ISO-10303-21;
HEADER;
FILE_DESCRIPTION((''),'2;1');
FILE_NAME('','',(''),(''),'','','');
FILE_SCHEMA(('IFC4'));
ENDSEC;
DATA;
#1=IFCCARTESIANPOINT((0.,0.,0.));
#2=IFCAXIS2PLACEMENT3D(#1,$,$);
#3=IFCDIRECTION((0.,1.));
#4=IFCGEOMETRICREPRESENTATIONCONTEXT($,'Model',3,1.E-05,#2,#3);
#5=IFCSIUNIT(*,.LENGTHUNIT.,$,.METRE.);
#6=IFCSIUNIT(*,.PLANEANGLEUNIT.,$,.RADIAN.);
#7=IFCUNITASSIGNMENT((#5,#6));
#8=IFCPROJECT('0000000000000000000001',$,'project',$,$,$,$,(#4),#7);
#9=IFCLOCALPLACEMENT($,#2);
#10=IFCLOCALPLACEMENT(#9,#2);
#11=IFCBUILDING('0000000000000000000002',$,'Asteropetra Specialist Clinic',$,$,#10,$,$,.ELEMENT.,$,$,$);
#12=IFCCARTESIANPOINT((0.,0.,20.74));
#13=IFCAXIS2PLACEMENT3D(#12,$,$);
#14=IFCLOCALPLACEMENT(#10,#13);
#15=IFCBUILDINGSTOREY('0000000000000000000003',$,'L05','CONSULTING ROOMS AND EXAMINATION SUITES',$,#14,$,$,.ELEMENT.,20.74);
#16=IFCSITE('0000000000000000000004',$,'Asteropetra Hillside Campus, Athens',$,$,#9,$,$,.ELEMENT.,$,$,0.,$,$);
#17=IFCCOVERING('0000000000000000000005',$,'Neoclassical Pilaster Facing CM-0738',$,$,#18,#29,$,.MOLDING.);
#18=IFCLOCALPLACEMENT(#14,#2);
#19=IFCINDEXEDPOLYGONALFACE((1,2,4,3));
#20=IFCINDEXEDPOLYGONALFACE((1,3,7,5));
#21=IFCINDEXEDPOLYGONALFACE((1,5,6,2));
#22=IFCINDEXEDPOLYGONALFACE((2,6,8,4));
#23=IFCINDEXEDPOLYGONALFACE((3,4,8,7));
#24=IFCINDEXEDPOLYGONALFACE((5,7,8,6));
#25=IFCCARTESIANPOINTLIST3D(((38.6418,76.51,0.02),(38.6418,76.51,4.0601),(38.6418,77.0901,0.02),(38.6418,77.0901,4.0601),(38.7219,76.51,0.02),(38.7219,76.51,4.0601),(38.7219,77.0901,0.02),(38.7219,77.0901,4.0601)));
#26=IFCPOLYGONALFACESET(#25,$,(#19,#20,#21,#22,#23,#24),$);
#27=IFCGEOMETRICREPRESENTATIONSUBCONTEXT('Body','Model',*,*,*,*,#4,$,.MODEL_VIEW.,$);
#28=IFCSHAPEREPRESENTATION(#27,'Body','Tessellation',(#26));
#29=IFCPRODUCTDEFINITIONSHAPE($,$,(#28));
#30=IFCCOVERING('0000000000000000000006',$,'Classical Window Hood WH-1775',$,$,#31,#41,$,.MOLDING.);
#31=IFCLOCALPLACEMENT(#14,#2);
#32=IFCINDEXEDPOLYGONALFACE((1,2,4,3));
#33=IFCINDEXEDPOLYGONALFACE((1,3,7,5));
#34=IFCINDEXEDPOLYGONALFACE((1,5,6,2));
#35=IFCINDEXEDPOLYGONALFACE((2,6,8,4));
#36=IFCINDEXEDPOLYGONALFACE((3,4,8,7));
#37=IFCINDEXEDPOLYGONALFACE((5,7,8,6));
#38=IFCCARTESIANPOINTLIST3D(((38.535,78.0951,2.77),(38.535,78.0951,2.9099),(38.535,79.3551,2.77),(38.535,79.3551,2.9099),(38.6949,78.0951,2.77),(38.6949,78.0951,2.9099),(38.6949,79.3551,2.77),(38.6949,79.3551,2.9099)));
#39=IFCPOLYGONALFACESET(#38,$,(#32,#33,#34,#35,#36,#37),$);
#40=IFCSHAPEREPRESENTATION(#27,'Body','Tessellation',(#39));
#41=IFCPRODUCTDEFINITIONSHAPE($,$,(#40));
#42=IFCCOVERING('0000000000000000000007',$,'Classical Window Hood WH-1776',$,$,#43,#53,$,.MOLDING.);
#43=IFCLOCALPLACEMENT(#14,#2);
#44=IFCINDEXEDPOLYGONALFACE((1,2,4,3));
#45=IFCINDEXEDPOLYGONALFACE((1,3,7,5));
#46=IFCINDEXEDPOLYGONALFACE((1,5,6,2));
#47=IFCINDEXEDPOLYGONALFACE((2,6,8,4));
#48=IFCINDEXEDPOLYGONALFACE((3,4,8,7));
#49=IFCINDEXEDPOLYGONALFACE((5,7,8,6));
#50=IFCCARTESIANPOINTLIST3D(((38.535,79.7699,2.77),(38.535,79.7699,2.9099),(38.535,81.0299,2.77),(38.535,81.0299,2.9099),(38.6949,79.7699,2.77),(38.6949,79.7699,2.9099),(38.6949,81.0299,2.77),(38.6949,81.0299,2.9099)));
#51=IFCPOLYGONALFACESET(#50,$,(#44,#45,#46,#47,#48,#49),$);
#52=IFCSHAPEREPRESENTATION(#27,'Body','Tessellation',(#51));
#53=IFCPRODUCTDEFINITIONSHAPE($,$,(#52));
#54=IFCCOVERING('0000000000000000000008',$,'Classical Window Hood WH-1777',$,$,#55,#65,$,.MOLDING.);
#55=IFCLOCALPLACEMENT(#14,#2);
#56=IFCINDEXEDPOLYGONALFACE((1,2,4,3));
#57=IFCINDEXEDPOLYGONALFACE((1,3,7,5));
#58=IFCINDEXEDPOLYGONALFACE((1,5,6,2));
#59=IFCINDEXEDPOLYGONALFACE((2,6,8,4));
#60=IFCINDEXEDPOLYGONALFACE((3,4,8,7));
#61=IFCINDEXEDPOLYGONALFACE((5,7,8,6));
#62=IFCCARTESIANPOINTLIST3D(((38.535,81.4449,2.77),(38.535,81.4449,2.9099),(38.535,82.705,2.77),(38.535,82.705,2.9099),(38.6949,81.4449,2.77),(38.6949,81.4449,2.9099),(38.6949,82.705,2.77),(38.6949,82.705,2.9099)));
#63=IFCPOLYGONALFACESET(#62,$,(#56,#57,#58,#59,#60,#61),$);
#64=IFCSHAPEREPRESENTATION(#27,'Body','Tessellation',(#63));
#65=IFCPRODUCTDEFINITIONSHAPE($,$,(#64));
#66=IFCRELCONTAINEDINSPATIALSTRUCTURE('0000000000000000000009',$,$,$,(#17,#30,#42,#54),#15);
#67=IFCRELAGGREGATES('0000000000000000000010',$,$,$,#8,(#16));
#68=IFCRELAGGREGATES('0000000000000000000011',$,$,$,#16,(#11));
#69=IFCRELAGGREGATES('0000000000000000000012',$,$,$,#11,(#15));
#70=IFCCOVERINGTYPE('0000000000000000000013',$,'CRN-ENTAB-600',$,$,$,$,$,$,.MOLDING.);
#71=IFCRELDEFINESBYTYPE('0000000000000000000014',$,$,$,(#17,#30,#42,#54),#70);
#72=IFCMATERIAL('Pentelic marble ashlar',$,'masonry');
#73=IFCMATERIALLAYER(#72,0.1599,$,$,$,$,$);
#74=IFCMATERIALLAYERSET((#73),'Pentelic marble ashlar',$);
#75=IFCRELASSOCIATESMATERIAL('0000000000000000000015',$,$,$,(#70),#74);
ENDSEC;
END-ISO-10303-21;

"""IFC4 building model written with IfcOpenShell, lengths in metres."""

from ifc_helpers import new_model, si_unit, direction, frame, origin, origin_2d, place, context, subcontext, project, spatial, rectangle, extrude, material, layer, layer_set, type_object, element, save


model = new_model("IFC4")

# Units and contexts
model_context = context("Model", 3, precision=1e-05, world=origin(), true_north=direction((0.0, 1.0)))
body_context = subcontext(model_context, "Body", "Model", "MODEL_VIEW")
ifc_project = project(units=[si_unit("LENGTHUNIT", "METRE"), si_unit("PLANEANGLEUNIT", "RADIAN")], contexts=[model_context])

# Site, building, storey
site_placement = place(None, origin())
site = spatial("IfcSite", under=ifc_project, at=site_placement, Name="Asteropetra Hillside Campus, Athens", CompositionType="ELEMENT", RefElevation=0.0)
building_placement = place(site_placement, origin())
building = spatial("IfcBuilding", under=site, at=building_placement, Name="Asteropetra Specialist Clinic", CompositionType="ELEMENT")
storey_placement = place(building_placement, frame((0.0, 0.0, 20.74)))
storey = spatial("IfcBuildingStorey", under=building, at=storey_placement, Name="L05", Description="CONSULTING ROOMS AND EXAMINATION SUITES", CompositionType="ELEMENT", Elevation=20.74)

# Coverings
ifc_material_1 = material(Name="Pentelic marble ashlar", Category="masonry")
ifc_layer_1 = layer(ifc_material_1, 0.1599)
ifc_layer_set_1 = layer_set([ifc_layer_1], Name="Pentelic marble ashlar")
covering_type_1 = type_object("IfcCoveringType", Name="CRN-ENTAB-600", PredefinedType="MOLDING", material=ifc_layer_set_1)
covering_1_placement = place(storey_placement, frame((38.6819, 76.8, 0.02), z_axis=(0.0, 0.0, 1.0), x_axis=(1.0, 0.0, 0.0)))
element("IfcCovering", 1, at=covering_1_placement, inside=storey, type_object=covering_type_1, Name="Neoclassical Pilaster Facing CM-0738", PredefinedType="MOLDING", context=body_context, shape_type="SweptSolid", body=[
    extrude(rectangle(XDim=0.0801, YDim=0.5801, at=origin_2d()), origin(), (0.0, 0.0, 1.0), 4.04),
])
for number, where, z_axis, x_axis, name in (
    (2, (38.615, 78.7251, 2.77), (0.0, 0.0, 1.0), (1.0, 0.0, 0.0), "Classical Window Hood WH-1775"),
    (3, (38.615, 80.3999, 2.77), (0.0, 0.0, 1.0), (1.0, 0.0, 0.0), "Classical Window Hood WH-1776"),
    (4, (38.615, 82.075, 2.77), (0.0, 0.0, 1.0), (1.0, 0.0, 0.0), "Classical Window Hood WH-1777"),
):
    element("IfcCovering", number, at=place(storey_placement, frame(where, z_axis=z_axis, x_axis=x_axis)), inside=storey, type_object=covering_type_1, Name=name, PredefinedType="MOLDING", context=body_context, shape_type="SweptSolid", body=[
        extrude(rectangle(XDim=0.1599, YDim=1.26, at=origin_2d()), origin(), (0.0, 0.0, 1.0), 0.1399),
    ])

save(model, "model.ifc")
